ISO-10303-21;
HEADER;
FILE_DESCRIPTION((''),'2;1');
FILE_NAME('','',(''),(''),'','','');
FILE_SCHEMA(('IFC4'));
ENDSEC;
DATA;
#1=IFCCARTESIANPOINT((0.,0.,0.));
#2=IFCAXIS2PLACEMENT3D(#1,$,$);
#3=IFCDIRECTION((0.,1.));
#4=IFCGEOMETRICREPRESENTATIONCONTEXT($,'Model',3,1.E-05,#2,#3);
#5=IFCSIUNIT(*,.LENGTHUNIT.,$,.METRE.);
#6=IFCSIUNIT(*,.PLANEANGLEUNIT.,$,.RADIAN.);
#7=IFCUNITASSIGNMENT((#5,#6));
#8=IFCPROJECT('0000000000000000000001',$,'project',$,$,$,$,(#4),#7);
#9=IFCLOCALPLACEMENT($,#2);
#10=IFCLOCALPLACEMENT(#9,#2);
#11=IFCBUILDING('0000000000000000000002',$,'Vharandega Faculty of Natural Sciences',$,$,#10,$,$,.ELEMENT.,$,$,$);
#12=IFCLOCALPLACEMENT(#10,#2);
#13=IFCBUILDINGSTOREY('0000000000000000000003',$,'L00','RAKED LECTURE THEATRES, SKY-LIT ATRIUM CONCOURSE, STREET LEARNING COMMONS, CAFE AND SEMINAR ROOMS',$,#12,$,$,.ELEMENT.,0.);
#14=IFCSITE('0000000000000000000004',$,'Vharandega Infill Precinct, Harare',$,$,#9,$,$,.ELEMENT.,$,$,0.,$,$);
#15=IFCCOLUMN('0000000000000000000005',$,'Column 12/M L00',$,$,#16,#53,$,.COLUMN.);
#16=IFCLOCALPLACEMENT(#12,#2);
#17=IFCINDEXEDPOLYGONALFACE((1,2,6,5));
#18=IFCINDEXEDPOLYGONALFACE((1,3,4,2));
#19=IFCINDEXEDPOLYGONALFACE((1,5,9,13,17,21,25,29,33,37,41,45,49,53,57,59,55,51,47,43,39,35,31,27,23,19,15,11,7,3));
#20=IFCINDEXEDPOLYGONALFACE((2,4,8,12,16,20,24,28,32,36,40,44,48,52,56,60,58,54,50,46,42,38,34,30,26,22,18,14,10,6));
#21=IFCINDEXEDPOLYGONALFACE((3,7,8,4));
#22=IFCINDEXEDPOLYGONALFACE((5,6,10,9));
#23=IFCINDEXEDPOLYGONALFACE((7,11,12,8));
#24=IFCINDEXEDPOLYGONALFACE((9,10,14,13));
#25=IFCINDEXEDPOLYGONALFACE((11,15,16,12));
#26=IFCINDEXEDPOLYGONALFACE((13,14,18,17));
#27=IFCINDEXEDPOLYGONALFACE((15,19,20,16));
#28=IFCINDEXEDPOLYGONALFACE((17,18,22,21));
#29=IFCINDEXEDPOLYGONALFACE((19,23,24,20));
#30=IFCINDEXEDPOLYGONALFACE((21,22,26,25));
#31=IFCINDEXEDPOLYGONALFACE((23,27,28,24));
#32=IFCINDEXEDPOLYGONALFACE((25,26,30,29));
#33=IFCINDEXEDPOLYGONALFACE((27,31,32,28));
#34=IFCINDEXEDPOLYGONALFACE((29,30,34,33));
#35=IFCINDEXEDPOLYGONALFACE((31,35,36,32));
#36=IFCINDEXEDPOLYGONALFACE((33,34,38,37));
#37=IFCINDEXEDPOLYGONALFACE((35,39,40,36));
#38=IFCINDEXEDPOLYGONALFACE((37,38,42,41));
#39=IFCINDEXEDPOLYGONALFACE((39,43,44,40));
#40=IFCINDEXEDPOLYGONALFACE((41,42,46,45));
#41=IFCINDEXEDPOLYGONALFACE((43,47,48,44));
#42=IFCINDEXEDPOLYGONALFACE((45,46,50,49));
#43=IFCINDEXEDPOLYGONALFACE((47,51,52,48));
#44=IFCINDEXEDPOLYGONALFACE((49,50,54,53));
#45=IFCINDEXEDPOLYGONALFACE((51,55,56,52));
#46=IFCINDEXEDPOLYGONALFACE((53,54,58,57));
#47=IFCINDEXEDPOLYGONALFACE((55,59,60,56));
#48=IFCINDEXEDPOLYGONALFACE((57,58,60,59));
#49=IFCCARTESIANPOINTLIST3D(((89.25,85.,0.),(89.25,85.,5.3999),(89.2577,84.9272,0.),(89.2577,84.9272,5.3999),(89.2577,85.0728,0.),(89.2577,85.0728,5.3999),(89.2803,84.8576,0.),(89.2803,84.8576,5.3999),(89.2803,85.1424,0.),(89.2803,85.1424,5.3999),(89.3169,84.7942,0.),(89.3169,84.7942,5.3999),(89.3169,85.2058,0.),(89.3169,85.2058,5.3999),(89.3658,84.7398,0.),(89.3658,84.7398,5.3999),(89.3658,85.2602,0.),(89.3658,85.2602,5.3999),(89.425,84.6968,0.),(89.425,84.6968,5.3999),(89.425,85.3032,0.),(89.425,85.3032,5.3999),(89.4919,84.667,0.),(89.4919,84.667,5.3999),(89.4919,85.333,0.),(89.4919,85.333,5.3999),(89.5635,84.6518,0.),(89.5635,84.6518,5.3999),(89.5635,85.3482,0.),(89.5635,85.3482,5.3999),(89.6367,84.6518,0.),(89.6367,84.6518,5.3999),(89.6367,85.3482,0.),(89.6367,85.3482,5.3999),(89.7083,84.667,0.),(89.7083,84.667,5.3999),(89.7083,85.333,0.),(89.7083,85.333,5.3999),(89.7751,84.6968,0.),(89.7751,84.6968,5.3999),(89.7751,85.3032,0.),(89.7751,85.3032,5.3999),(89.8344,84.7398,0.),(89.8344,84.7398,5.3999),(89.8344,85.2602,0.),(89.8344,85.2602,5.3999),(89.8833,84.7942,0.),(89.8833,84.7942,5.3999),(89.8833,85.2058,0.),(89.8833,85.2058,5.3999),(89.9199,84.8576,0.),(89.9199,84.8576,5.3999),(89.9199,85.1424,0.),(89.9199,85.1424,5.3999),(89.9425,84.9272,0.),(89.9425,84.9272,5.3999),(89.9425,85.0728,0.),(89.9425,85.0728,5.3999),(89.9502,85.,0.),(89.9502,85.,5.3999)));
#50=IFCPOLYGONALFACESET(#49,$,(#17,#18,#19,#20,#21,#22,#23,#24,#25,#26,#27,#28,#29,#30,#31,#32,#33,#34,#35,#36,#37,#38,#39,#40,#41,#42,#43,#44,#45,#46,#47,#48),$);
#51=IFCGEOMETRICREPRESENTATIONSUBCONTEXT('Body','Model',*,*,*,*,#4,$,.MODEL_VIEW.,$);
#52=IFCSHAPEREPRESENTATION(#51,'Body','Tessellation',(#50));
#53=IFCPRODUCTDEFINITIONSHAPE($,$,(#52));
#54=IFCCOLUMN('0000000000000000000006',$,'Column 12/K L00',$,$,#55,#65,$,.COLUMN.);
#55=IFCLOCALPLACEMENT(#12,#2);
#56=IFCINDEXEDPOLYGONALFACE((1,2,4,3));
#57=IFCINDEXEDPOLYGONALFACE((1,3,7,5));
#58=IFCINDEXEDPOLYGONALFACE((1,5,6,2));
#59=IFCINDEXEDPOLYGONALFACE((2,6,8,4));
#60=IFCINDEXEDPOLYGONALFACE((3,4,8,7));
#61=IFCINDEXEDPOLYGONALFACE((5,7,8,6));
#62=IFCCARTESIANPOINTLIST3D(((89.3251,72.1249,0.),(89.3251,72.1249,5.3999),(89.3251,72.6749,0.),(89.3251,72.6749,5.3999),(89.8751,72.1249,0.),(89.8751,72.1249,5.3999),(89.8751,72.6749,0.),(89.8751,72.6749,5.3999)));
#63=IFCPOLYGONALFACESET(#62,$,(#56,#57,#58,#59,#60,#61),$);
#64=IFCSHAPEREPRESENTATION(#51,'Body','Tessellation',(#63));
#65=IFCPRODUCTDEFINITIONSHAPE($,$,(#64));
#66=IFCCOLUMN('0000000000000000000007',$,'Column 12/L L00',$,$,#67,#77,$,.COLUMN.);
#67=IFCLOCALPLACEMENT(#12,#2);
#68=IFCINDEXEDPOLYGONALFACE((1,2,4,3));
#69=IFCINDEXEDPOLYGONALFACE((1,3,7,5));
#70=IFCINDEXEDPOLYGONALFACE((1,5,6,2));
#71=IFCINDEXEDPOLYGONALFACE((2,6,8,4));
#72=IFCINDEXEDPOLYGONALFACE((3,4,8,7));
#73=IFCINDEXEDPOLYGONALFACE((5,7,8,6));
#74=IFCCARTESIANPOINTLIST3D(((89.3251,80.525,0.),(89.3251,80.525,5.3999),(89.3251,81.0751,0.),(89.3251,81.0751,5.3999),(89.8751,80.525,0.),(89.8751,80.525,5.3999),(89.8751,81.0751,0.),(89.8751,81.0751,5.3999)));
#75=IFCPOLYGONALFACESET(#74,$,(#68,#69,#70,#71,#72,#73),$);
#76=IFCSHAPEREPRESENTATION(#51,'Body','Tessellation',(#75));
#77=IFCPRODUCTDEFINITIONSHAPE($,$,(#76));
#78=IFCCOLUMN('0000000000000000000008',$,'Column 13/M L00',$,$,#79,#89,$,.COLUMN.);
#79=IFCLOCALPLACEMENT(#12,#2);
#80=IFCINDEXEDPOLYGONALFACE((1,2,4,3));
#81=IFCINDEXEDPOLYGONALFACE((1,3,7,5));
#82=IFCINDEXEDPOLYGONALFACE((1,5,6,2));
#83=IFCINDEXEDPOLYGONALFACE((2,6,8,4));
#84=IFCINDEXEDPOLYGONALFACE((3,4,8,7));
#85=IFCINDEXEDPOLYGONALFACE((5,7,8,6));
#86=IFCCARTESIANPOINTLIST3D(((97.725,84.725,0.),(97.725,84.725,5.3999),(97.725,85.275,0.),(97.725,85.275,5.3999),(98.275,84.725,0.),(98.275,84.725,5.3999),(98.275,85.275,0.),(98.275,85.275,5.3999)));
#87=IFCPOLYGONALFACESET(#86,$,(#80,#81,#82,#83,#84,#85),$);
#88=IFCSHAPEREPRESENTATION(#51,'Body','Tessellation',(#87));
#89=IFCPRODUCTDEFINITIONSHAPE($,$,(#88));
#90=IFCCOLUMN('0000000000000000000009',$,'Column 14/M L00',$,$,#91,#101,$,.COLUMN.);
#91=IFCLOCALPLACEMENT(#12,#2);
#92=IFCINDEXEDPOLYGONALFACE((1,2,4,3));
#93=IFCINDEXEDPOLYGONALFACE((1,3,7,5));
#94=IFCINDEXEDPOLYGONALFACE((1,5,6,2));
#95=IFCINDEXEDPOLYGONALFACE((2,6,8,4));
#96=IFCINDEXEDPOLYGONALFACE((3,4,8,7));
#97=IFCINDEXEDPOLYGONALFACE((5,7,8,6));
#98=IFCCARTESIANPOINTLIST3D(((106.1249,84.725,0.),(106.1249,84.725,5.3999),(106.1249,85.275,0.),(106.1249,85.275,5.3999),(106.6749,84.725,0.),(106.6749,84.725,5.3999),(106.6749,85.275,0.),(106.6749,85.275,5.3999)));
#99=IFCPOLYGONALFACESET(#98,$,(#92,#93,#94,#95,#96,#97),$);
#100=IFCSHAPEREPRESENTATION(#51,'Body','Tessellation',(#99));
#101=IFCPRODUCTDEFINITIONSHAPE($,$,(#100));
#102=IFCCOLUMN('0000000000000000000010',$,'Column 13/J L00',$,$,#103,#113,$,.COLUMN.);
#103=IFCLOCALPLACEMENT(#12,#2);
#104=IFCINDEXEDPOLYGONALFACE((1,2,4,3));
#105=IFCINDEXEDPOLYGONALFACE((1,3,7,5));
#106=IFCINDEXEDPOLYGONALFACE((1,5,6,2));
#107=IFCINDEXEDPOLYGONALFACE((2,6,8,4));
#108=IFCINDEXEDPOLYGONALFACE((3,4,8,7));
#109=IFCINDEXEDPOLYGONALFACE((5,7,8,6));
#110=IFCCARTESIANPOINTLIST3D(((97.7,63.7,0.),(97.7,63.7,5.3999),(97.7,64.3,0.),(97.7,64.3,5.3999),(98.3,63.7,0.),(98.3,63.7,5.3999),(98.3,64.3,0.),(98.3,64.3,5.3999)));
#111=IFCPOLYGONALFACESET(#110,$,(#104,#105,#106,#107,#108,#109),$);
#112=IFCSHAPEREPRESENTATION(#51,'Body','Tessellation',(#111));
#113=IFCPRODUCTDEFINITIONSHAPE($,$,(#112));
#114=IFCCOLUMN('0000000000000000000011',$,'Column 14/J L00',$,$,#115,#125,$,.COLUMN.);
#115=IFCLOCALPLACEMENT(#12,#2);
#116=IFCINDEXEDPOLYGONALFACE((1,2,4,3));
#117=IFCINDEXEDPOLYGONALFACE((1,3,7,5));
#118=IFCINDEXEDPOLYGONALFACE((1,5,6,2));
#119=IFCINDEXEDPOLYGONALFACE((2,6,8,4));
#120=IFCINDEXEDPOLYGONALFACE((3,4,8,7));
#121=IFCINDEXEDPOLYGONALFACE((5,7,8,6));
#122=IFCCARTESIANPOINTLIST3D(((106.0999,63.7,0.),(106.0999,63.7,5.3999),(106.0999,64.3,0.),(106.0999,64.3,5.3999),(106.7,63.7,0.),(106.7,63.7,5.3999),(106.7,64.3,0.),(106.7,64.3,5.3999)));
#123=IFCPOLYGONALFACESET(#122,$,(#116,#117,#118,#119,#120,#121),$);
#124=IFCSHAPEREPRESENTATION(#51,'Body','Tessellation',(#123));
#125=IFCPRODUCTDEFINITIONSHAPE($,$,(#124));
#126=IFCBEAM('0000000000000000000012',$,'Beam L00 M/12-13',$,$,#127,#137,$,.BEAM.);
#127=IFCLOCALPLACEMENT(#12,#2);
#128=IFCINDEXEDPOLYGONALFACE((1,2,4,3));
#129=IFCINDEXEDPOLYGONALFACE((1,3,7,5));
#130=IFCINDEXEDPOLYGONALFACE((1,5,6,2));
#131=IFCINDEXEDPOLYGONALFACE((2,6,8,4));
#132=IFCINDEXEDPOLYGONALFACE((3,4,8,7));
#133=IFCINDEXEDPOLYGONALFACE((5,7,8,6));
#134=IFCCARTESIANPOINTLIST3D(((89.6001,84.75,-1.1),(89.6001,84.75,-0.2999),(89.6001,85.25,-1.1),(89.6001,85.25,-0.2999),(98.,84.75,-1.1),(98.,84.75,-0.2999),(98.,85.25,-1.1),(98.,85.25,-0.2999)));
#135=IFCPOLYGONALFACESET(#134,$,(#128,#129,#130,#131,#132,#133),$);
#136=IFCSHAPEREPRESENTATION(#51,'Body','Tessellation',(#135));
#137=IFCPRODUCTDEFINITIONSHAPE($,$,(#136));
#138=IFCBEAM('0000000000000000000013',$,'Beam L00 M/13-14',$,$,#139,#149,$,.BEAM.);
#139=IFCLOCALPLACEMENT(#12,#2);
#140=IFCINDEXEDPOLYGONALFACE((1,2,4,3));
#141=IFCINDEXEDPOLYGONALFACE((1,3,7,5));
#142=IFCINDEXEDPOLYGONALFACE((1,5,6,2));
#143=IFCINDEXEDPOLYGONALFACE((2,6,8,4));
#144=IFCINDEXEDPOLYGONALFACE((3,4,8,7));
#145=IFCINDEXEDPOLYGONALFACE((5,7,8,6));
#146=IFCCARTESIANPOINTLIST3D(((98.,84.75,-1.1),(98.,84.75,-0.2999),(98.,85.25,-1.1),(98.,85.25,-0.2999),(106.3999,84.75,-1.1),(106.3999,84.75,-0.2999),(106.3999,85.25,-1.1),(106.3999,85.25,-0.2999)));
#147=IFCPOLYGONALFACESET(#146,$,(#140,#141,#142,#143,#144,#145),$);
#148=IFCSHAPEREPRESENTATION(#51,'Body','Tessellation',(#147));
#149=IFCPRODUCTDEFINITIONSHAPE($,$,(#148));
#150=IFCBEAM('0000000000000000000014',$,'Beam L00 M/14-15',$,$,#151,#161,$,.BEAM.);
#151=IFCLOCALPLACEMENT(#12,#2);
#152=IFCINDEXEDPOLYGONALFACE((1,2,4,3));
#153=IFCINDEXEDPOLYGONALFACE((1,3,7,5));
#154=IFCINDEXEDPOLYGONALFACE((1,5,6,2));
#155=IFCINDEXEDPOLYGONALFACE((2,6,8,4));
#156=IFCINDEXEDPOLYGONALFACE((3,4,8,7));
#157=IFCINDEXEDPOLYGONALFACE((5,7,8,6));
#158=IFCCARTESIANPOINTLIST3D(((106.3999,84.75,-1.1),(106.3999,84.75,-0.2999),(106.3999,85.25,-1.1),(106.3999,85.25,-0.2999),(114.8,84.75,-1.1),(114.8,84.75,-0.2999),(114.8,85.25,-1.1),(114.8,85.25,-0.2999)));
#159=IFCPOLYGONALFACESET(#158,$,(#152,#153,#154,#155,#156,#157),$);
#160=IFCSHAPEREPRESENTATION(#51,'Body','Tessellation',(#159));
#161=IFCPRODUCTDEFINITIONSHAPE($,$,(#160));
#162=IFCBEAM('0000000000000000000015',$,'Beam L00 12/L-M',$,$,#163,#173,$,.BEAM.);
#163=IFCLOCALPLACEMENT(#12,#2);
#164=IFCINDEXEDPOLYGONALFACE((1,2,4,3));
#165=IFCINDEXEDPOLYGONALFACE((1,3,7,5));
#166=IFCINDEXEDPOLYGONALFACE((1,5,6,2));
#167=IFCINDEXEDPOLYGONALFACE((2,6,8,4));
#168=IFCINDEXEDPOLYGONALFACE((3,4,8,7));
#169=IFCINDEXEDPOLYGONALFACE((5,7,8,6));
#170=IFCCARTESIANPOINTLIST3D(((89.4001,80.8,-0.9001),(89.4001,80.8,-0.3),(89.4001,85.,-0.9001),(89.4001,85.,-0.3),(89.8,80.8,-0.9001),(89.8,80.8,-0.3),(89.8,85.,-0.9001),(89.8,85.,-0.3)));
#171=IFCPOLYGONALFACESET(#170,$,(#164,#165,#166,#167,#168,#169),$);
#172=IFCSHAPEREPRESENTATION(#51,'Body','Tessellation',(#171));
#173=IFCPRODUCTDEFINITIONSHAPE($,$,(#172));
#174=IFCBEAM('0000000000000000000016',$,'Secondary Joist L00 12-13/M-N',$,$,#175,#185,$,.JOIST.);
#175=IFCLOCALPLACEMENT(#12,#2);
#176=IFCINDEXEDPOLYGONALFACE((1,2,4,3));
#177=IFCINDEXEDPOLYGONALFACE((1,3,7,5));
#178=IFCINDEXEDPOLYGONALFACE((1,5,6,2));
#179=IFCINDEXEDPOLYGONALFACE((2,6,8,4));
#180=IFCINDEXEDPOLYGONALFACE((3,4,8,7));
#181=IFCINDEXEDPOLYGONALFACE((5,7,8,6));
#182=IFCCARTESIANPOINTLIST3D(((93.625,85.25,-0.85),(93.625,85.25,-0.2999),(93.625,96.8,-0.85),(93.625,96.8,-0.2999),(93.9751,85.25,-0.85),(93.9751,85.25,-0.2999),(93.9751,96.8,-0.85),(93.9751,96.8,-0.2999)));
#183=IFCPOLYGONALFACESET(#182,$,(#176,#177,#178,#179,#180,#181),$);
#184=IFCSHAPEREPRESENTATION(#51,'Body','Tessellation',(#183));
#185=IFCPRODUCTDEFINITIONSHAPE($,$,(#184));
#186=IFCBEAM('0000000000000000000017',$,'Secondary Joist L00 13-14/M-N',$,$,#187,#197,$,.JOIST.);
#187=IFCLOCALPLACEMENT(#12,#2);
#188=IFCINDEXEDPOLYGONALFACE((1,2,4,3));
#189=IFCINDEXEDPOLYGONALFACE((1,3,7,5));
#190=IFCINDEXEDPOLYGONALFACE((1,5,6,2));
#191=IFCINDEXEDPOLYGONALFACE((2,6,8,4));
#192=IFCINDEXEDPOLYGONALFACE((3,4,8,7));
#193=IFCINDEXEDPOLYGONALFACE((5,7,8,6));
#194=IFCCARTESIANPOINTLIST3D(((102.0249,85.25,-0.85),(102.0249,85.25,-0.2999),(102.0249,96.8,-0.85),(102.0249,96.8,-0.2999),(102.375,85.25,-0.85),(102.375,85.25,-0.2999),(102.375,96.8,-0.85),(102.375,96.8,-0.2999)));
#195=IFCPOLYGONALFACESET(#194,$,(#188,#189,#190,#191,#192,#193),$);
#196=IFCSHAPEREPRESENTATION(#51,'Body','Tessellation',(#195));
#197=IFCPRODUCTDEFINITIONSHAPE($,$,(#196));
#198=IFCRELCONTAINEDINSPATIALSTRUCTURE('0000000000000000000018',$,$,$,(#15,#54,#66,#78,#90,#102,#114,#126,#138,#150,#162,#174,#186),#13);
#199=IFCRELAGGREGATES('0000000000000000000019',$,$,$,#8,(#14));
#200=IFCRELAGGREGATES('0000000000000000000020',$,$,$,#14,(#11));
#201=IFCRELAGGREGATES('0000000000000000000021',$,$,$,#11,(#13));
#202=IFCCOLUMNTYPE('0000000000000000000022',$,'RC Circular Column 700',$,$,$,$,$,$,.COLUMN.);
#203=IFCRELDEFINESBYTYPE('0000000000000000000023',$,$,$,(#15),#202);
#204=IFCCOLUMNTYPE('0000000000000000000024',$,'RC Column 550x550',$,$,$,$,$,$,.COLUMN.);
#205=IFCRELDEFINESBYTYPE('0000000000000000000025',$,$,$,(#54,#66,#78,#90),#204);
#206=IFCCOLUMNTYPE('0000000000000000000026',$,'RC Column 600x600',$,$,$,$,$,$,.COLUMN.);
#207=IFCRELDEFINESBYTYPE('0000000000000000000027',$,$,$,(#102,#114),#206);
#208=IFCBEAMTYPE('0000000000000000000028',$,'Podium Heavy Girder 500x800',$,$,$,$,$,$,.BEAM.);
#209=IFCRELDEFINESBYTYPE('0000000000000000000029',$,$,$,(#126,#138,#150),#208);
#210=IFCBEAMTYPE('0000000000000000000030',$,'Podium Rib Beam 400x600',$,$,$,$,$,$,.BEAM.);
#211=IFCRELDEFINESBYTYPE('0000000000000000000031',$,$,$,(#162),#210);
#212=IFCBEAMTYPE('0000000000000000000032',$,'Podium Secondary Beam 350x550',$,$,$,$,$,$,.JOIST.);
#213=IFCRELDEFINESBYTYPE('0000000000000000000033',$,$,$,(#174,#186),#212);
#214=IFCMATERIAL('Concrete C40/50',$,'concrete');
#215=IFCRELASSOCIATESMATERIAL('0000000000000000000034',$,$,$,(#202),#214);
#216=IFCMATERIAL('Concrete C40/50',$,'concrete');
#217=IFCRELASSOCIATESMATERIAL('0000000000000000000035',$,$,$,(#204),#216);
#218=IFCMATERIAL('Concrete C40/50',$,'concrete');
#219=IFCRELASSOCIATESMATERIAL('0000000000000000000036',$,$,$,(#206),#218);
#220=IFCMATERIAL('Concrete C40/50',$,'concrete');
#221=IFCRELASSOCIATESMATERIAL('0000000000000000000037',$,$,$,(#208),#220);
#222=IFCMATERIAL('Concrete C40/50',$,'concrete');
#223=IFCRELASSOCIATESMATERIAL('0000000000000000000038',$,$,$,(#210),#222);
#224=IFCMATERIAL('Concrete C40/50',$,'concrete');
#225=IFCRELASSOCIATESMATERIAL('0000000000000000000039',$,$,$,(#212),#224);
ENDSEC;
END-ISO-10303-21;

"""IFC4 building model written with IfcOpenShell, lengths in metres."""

from ifc_helpers import new_model, si_unit, direction, frame, origin, origin_2d, place, context, subcontext, project, spatial, rectangle, circle, extrude, material, material_profile, profile_set, type_object, element, save


model = new_model("IFC4")

# Units and contexts
model_context = context("Model", 3, precision=1e-05, world=origin(), true_north=direction((0.0, 1.0)))
body_context = subcontext(model_context, "Body", "Model", "MODEL_VIEW")
ifc_project = project(units=[si_unit("LENGTHUNIT", "METRE"), si_unit("PLANEANGLEUNIT", "RADIAN")], contexts=[model_context])

# Site, building, storey
site_placement = place(None, origin())
site = spatial("IfcSite", under=ifc_project, at=site_placement, Name="Vharandega Infill Precinct, Harare", CompositionType="ELEMENT", RefElevation=0.0)
building_placement = place(site_placement, origin())
building = spatial("IfcBuilding", under=site, at=building_placement, Name="Vharandega Faculty of Natural Sciences", CompositionType="ELEMENT")
storey_placement = place(building_placement, origin())
storey = spatial("IfcBuildingStorey", under=building, at=storey_placement, Name="L00", Description="RAKED LECTURE THEATRES, SKY-LIT ATRIUM CONCOURSE, STREET LEARNING COMMONS, CAFE AND SEMINAR ROOMS", CompositionType="ELEMENT", Elevation=0.0)

# Columns
ifc_material_1 = material(Name="Concrete C40/50", Category="concrete")
ifc_material_profile_1 = material_profile(ifc_material_1, circle(Radius=0.3501, at=origin_2d()), Name="RC-CIRC 700")
ifc_profile_set_1 = profile_set([ifc_material_profile_1], Name="Concrete C40/50")
column_type_1 = type_object("IfcColumnType", Name="RC Circular Column 700", PredefinedType="COLUMN", material=ifc_profile_set_1)
column_placement = place(storey_placement, frame((89.6001, 85.0, 0.0), z_axis=(0.0, 0.0, 1.0), x_axis=(1.0, 0.0, 0.0)))
element("IfcColumn", 1, at=column_placement, inside=storey, type_object=column_type_1, Name="Column 12/M L00", PredefinedType="COLUMN", context=body_context, shape_type="SweptSolid", body=[
    extrude(circle(Radius=0.3501, at=origin_2d()), origin(), (0.0, 0.0, 1.0), 5.3999),
])
ifc_material_2 = material(Name="Concrete C40/50", Category="concrete")
ifc_material_profile_2 = material_profile(ifc_material_2, rectangle(XDim=0.55, YDim=0.55, at=origin_2d()), Name="RC 550x550")
ifc_profile_set_2 = profile_set([ifc_material_profile_2], Name="Concrete C40/50")
column_type_2 = type_object("IfcColumnType", Name="RC Column 550x550", PredefinedType="COLUMN", material=ifc_profile_set_2)
for number, where, z_axis, x_axis, name in (
    (2, (89.6001, 72.3999, 0.0), (0.0, 0.0, 1.0), (1.0, 0.0, 0.0), "Column 12/K L00"),
    (3, (89.6001, 80.8, 0.0), (0.0, 0.0, 1.0), (1.0, 0.0, 0.0), "Column 12/L L00"),
    (4, (98.0, 85.0, 0.0), (0.0, 0.0, 1.0), (1.0, 0.0, 0.0), "Column 13/M L00"),
    (5, (106.3999, 85.0, 0.0), (0.0, 0.0, 1.0), (1.0, 0.0, 0.0), "Column 14/M L00"),
):
    element("IfcColumn", number, at=place(storey_placement, frame(where, z_axis=z_axis, x_axis=x_axis)), inside=storey, type_object=column_type_2, Name=name, PredefinedType="COLUMN", context=body_context, shape_type="SweptSolid", body=[
        extrude(rectangle(XDim=0.55, YDim=0.55, at=origin_2d()), origin(), (0.0, 0.0, 1.0), 5.3999),
    ])
ifc_material_3 = material(Name="Concrete C40/50", Category="concrete")
ifc_material_profile_3 = material_profile(ifc_material_3, rectangle(XDim=0.6001, YDim=0.6001, at=origin_2d()), Name="RC 600x600")
ifc_profile_set_3 = profile_set([ifc_material_profile_3], Name="Concrete C40/50")
column_type_3 = type_object("IfcColumnType", Name="RC Column 600x600", PredefinedType="COLUMN", material=ifc_profile_set_3)
for number, where, z_axis, x_axis, name in (
    (6, (98.0, 64.0, 0.0), (0.0, 0.0, 1.0), (1.0, 0.0, 0.0), "Column 13/J L00"),
    (7, (106.3999, 64.0, 0.0), (0.0, 0.0, 1.0), (1.0, 0.0, 0.0), "Column 14/J L00"),
):
    element("IfcColumn", number, at=place(storey_placement, frame(where, z_axis=z_axis, x_axis=x_axis)), inside=storey, type_object=column_type_3, Name=name, PredefinedType="COLUMN", context=body_context, shape_type="SweptSolid", body=[
        extrude(rectangle(XDim=0.6001, YDim=0.6001, at=origin_2d()), origin(), (0.0, 0.0, 1.0), 5.3999),
    ])

# Beams
ifc_material_4 = material(Name="Concrete C40/50", Category="concrete")
ifc_material_profile_4 = material_profile(ifc_material_4, rectangle(XDim=0.5, YDim=0.8, at=origin_2d()), Name="RC 500x800")
ifc_profile_set_4 = profile_set([ifc_material_profile_4], Name="Concrete C40/50")
beam_type_1 = type_object("IfcBeamType", Name="Podium Heavy Girder 500x800", PredefinedType="BEAM", material=ifc_profile_set_4)
for number, where, z_axis, x_axis, name in (
    (8, (89.6001, 85.0, -0.7), (1.0, 0.0, 0.0), (0.0, 1.0, 0.0), "Beam L00 M/12-13"),
    (9, (98.0, 85.0, -0.7), (1.0, 0.0, 0.0), (0.0, 1.0, 0.0), "Beam L00 M/13-14"),
):
    element("IfcBeam", number, at=place(storey_placement, frame(where, z_axis=z_axis, x_axis=x_axis)), inside=storey, type_object=beam_type_1, Name=name, PredefinedType="BEAM", context=body_context, shape_type="SweptSolid", body=[
        extrude(rectangle(XDim=0.5, YDim=0.8, at=origin_2d()), origin(), (0.0, 0.0, 1.0), 8.3999),
    ])
beam_1_placement = place(storey_placement, frame((106.3999, 85.0, -0.7), z_axis=(1.0, 0.0, 0.0), x_axis=(0.0, 1.0, 0.0)))
element("IfcBeam", 10, at=beam_1_placement, inside=storey, type_object=beam_type_1, Name="Beam L00 M/14-15", PredefinedType="BEAM", context=body_context, shape_type="SweptSolid", body=[
    extrude(rectangle(XDim=0.5, YDim=0.8, at=origin_2d()), origin(), (0.0, 0.0, 1.0), 8.4001),
])
ifc_material_5 = material(Name="Concrete C40/50", Category="concrete")
ifc_material_profile_5 = material_profile(ifc_material_5, rectangle(XDim=0.3999, YDim=0.6001, at=origin_2d()), Name="RC 400x600")
ifc_profile_set_5 = profile_set([ifc_material_profile_5], Name="Concrete C40/50")
beam_type_2 = type_object("IfcBeamType", Name="Podium Rib Beam 400x600", PredefinedType="BEAM", material=ifc_profile_set_5)
beam_2_placement = place(storey_placement, frame((89.6001, 80.8, -0.6001), z_axis=(0.0, 1.0, 0.0), x_axis=(-1.0, 0.0, 0.0)))
element("IfcBeam", 11, at=beam_2_placement, inside=storey, type_object=beam_type_2, Name="Beam L00 12/L-M", PredefinedType="BEAM", context=body_context, shape_type="SweptSolid", body=[
    extrude(rectangle(XDim=0.3999, YDim=0.6001, at=origin_2d()), origin(), (0.0, 0.0, 1.0), 4.2),
])
ifc_material_6 = material(Name="Concrete C40/50", Category="concrete")
ifc_material_profile_6 = material_profile(ifc_material_6, rectangle(XDim=0.3501, YDim=0.55, at=origin_2d()), Name="RC 350x550")
ifc_profile_set_6 = profile_set([ifc_material_profile_6], Name="Concrete C40/50")
beam_type_3 = type_object("IfcBeamType", Name="Podium Secondary Beam 350x550", PredefinedType="JOIST", material=ifc_profile_set_6)
for number, where, z_axis, x_axis, name in (
    (12, (93.8, 85.25, -0.575), (0.0, 1.0, 0.0), (-1.0, 0.0, 0.0), "Secondary Joist L00 12-13/M-N"),
    (13, (102.2, 85.25, -0.575), (0.0, 1.0, 0.0), (-1.0, 0.0, 0.0), "Secondary Joist L00 13-14/M-N"),
):
    element("IfcBeam", number, at=place(storey_placement, frame(where, z_axis=z_axis, x_axis=x_axis)), inside=storey, type_object=beam_type_3, Name=name, PredefinedType="JOIST", context=body_context, shape_type="SweptSolid", body=[
        extrude(rectangle(XDim=0.3501, YDim=0.55, at=origin_2d()), origin(), (0.0, 0.0, 1.0), 11.55),
    ])

save(model, "model.ifc")
